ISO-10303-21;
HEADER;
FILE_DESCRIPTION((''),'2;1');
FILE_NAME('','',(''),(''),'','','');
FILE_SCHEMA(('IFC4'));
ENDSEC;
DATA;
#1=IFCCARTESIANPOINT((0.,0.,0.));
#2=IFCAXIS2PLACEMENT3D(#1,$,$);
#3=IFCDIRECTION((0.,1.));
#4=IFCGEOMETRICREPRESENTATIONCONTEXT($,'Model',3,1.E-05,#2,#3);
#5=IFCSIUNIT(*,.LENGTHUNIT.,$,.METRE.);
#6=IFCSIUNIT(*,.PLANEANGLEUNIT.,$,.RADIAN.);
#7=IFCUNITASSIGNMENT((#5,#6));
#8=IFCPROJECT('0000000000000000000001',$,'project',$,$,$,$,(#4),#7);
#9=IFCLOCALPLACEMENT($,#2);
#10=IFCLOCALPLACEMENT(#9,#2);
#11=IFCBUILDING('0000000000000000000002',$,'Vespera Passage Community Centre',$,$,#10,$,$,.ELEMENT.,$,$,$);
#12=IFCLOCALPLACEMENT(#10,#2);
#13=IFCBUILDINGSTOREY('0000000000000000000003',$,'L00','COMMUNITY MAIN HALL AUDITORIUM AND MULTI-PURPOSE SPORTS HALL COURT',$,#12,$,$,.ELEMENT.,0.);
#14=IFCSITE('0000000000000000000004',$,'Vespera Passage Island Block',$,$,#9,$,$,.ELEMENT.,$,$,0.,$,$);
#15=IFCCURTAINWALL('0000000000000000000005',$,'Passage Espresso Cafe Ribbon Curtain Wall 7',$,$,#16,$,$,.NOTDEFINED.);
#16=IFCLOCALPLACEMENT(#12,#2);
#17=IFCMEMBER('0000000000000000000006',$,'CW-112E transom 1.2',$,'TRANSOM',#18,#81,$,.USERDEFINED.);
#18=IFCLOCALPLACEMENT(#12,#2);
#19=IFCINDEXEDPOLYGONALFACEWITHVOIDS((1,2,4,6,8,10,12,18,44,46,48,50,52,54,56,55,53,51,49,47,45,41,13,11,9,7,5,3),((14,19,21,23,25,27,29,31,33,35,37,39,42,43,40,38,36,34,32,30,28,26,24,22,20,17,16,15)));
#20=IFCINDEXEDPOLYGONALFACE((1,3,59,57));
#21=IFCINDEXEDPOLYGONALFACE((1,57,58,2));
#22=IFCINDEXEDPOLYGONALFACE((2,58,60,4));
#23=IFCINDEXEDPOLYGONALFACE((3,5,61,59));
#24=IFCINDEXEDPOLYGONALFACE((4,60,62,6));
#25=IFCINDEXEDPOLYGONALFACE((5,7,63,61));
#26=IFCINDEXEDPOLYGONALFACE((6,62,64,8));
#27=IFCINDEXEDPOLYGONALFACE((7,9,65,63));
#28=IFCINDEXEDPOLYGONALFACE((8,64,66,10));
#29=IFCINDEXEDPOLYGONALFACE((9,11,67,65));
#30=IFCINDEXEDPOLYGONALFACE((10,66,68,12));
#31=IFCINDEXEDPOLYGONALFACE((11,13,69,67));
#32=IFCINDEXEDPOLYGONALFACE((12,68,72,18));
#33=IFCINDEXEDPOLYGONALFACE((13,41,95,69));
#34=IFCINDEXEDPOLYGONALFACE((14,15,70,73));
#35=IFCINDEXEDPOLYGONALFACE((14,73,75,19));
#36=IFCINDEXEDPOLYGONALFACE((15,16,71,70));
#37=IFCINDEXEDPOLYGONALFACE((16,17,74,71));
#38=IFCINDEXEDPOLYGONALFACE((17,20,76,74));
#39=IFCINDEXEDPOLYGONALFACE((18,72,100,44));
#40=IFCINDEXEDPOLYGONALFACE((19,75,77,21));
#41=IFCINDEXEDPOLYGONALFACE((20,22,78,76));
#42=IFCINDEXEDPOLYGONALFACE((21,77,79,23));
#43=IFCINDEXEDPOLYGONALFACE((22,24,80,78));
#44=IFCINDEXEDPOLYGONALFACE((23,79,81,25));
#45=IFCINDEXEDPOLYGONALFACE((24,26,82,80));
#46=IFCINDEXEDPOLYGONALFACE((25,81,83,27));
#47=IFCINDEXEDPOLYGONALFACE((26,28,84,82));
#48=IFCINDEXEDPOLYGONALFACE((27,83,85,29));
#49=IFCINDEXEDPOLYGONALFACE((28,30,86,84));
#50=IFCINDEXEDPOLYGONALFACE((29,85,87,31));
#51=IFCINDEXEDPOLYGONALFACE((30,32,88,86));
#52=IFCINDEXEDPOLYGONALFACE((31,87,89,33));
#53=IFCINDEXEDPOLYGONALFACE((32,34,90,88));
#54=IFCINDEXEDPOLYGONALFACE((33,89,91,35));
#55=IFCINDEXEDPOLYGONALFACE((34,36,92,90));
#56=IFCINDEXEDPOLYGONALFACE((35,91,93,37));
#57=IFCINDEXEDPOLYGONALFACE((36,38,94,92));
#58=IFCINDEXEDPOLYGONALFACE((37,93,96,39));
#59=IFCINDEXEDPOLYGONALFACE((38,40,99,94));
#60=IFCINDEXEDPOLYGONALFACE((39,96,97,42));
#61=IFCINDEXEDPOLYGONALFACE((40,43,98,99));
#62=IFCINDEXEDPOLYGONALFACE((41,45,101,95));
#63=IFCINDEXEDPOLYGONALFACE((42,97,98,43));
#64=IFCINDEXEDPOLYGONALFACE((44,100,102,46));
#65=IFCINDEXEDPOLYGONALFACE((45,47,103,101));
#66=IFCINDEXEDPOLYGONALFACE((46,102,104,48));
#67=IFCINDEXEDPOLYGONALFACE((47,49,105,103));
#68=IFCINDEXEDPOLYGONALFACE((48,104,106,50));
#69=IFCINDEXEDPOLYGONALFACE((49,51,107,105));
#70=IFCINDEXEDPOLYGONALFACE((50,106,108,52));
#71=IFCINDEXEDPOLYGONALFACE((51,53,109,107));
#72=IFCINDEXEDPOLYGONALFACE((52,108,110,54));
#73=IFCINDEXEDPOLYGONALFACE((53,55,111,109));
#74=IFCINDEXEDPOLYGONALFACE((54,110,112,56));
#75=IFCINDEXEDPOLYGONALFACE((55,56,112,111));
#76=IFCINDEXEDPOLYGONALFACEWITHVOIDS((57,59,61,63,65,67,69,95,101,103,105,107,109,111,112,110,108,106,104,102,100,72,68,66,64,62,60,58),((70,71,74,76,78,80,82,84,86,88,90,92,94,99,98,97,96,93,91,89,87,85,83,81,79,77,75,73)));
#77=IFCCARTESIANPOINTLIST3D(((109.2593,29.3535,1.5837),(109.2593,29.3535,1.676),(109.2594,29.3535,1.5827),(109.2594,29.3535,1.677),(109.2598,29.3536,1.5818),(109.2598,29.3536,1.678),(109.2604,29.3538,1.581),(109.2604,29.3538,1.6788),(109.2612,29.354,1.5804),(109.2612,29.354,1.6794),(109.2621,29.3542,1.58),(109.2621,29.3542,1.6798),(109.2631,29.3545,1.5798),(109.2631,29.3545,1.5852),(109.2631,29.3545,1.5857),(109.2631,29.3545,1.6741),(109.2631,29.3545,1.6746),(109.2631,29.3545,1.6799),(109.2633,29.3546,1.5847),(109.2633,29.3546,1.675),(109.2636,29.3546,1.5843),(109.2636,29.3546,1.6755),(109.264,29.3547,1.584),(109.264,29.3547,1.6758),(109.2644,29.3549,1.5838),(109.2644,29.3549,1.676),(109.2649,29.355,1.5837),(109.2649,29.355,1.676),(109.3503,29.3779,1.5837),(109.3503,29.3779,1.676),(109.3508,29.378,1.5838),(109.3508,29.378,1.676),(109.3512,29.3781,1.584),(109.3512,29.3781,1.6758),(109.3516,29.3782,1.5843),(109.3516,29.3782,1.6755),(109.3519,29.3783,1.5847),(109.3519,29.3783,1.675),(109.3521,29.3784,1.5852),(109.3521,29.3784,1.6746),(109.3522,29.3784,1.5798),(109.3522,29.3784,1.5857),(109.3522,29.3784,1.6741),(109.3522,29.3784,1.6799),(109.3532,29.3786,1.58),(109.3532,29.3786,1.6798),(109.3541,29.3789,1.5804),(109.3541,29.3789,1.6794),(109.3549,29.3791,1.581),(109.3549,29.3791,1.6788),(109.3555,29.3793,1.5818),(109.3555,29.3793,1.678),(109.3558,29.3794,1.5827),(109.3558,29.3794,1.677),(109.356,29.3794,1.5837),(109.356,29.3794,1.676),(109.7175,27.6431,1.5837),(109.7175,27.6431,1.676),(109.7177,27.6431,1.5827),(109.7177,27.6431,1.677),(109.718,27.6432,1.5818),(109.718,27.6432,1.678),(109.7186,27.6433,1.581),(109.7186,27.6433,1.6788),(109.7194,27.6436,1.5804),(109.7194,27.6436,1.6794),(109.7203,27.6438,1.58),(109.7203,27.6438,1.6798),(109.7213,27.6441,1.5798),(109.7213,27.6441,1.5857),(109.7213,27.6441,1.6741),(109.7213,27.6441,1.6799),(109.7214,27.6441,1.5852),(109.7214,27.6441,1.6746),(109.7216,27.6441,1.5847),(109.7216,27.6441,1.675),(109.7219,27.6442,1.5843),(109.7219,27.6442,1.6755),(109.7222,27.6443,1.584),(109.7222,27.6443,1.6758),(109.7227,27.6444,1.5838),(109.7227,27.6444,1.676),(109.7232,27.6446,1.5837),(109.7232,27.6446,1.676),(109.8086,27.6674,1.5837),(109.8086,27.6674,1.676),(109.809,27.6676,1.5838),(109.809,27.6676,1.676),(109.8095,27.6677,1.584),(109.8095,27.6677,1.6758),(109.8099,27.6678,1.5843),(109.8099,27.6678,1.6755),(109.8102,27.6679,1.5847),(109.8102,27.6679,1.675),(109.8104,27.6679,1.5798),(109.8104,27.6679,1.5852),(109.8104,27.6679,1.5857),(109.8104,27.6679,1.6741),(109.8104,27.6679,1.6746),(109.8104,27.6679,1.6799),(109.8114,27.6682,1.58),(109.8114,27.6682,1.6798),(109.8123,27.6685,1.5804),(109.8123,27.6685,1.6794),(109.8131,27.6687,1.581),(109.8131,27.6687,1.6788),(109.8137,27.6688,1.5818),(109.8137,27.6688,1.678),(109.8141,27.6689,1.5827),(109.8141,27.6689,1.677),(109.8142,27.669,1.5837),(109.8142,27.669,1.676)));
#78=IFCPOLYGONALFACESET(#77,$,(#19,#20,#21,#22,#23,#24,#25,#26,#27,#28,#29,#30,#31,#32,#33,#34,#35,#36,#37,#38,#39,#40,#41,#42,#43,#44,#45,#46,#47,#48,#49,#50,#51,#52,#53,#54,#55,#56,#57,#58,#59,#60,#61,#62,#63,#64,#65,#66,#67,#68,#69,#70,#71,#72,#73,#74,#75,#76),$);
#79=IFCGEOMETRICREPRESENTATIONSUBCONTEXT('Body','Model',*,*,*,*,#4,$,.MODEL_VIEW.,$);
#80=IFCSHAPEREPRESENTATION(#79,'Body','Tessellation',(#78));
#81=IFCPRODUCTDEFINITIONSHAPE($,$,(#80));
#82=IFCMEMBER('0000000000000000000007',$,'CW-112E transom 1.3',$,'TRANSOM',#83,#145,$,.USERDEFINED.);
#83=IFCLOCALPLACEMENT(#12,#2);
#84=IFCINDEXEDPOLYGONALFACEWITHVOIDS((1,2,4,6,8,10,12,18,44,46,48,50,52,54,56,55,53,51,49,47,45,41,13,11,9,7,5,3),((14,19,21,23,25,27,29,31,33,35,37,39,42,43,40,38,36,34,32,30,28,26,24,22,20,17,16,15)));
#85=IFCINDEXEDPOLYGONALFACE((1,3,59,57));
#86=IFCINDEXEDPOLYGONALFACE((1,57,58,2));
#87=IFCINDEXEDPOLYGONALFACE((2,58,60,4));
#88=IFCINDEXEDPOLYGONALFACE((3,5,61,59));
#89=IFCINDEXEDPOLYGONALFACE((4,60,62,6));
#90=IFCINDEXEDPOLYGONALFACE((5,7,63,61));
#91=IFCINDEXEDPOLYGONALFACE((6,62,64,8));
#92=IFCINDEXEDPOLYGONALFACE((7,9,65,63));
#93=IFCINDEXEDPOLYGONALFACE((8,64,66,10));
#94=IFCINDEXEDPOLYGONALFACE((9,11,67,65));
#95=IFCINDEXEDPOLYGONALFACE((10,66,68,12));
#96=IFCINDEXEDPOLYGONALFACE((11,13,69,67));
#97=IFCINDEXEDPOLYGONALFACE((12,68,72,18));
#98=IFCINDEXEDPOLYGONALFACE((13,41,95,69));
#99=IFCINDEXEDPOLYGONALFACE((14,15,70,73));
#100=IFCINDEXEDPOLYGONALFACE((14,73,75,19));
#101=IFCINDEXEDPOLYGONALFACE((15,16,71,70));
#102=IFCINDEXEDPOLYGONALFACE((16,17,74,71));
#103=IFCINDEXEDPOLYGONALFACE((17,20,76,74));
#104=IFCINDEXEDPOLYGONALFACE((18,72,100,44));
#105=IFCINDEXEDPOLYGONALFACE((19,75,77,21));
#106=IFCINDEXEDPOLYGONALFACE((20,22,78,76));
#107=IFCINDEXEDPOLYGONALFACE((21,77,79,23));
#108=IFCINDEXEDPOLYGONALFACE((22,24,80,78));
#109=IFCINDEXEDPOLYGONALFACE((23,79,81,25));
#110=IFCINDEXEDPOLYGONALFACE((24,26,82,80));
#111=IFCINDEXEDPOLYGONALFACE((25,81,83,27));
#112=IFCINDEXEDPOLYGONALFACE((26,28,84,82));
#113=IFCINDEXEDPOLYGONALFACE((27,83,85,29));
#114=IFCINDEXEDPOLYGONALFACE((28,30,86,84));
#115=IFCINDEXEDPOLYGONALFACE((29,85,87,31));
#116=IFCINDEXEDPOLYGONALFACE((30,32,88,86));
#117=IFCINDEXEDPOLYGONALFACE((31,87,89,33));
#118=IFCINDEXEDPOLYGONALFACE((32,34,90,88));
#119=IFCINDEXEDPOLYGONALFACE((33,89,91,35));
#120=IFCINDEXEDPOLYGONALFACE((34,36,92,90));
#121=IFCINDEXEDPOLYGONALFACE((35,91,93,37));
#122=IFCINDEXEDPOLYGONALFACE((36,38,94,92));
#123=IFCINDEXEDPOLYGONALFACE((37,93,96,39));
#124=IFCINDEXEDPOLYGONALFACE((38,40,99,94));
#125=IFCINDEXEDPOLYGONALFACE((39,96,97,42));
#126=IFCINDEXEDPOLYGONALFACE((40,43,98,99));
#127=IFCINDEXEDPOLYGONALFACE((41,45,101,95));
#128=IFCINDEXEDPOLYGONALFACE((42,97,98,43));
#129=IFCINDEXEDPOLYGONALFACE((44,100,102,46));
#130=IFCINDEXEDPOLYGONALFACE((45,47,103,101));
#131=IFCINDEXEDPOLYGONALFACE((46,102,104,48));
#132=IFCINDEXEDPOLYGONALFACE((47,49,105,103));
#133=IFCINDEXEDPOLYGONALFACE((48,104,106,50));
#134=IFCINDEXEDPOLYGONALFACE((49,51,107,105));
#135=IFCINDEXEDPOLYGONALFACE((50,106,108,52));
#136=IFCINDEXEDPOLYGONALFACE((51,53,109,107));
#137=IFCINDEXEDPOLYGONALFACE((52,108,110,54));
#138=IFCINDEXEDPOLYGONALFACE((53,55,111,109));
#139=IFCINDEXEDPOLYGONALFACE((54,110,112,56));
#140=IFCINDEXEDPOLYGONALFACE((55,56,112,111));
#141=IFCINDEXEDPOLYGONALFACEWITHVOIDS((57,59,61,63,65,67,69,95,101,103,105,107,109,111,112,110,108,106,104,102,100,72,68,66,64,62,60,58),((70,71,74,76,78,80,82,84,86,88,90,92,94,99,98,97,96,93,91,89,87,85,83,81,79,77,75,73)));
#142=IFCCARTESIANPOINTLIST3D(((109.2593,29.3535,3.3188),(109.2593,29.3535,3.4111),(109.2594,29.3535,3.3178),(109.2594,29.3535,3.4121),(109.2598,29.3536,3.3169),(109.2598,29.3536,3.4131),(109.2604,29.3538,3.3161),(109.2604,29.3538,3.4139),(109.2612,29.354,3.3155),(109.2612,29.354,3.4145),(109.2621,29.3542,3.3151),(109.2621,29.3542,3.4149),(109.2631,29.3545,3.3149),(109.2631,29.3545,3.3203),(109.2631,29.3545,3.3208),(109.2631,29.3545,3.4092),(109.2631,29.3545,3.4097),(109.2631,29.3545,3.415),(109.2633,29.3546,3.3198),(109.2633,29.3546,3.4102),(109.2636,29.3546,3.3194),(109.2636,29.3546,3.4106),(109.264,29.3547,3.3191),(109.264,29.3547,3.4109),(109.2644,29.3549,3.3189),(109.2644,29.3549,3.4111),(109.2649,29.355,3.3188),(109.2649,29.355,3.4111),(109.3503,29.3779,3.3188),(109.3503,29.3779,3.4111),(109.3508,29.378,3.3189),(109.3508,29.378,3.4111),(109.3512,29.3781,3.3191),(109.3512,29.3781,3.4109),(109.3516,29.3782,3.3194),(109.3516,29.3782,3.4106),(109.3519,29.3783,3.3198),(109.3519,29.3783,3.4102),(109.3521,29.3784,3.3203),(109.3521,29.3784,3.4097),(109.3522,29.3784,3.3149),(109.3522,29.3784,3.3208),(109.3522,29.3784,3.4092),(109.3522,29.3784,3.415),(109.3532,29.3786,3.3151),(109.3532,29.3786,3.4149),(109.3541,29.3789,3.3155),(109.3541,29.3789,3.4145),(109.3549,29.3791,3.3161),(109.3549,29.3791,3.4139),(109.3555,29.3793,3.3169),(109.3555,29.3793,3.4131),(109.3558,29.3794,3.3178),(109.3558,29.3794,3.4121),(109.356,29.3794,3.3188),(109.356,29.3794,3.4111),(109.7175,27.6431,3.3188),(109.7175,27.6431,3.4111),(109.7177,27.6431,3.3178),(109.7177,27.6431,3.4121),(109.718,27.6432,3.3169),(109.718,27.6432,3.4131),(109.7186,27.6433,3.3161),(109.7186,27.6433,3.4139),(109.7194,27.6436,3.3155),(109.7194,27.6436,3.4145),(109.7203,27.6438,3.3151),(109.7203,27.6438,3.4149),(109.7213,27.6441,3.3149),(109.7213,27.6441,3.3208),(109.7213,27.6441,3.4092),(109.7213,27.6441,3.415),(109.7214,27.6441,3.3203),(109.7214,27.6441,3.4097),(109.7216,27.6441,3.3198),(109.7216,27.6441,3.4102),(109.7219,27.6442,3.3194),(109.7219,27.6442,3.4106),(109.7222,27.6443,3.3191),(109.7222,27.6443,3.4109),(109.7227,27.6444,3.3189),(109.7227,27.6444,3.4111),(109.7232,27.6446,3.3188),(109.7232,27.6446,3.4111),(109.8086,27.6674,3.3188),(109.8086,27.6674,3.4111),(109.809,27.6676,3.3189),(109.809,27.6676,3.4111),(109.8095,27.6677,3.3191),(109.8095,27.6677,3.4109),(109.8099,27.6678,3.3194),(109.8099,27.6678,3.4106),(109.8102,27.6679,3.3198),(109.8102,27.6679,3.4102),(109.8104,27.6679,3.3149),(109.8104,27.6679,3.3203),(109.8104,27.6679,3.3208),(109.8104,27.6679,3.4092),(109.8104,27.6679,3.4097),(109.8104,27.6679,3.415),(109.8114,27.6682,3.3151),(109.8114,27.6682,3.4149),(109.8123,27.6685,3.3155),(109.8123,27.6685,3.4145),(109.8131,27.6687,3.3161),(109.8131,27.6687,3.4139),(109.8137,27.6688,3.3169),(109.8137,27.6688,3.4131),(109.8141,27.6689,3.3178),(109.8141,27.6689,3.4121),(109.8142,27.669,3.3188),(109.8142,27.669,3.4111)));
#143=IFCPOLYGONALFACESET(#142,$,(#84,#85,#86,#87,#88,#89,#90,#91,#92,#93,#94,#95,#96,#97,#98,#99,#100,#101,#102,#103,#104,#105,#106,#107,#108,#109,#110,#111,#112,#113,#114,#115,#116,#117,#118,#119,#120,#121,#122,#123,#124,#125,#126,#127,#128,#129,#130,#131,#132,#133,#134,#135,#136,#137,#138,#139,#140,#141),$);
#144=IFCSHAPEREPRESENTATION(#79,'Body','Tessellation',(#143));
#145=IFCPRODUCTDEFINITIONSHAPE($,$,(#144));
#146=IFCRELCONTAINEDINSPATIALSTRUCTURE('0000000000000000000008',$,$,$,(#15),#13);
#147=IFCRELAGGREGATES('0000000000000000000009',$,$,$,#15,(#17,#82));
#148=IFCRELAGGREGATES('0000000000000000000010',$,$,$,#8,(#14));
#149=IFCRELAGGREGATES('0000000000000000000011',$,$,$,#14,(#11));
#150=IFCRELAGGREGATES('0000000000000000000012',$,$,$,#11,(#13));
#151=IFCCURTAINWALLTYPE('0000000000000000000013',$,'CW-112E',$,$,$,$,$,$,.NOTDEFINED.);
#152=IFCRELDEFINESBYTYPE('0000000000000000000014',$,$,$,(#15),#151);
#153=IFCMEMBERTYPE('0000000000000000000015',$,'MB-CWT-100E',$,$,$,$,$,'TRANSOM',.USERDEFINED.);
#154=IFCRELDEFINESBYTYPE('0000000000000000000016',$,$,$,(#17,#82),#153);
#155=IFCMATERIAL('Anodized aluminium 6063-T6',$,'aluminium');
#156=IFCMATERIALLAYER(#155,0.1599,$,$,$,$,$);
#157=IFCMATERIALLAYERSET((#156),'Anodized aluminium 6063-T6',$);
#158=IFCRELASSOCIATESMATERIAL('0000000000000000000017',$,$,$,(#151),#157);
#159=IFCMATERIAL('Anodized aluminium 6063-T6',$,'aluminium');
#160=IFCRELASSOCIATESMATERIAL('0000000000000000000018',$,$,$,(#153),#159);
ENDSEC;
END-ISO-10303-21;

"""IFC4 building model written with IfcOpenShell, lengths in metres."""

from ifc_helpers import new_model, si_unit, direction, frame, origin, origin_2d, place, context, subcontext, project, spatial, hollow_rectangle, extrude, material, layer, layer_set, material_profile, profile_set, type_object, element, aggregate, save


model = new_model("IFC4")

# Units and contexts
model_context = context("Model", 3, precision=1e-05, world=origin(), true_north=direction((0.0, 1.0)))
body_context = subcontext(model_context, "Body", "Model", "MODEL_VIEW")
ifc_project = project(units=[si_unit("LENGTHUNIT", "METRE"), si_unit("PLANEANGLEUNIT", "RADIAN")], contexts=[model_context])

# Site, building, storey
site_placement = place(None, origin())
site = spatial("IfcSite", under=ifc_project, at=site_placement, Name="Vespera Passage Island Block", CompositionType="ELEMENT", RefElevation=0.0)
building_placement = place(site_placement, origin())
building = spatial("IfcBuilding", under=site, at=building_placement, Name="Vespera Passage Community Centre", CompositionType="ELEMENT")
storey_placement = place(building_placement, origin())
storey = spatial("IfcBuildingStorey", under=building, at=storey_placement, Name="L00", Description="COMMUNITY MAIN HALL AUDITORIUM AND MULTI-PURPOSE SPORTS HALL COURT", CompositionType="ELEMENT", Elevation=0.0)

# Curtain wall, members
ifc_material_1 = material(Name="Anodized aluminium 6063-T6", Category="aluminium")
ifc_layer_1 = layer(ifc_material_1, 0.1599)
ifc_layer_set_1 = layer_set([ifc_layer_1], Name="Anodized aluminium 6063-T6")
curtain_wall_type = type_object("IfcCurtainWallType", Name="CW-112E", PredefinedType="NOTDEFINED", material=ifc_layer_set_1)
curtain_wall_placement = place(storey_placement, origin())
curtain_wall = element("IfcCurtainWall", 1, at=curtain_wall_placement, inside=storey, type_object=curtain_wall_type, Name="Passage Espresso Cafe Ribbon Curtain Wall 7", PredefinedType="NOTDEFINED")
ifc_material_2 = material(Name="Anodized aluminium 6063-T6", Category="aluminium")
ifc_material_profile_1 = material_profile(ifc_material_2, hollow_rectangle(XDim=0.1001, YDim=0.1001, WallThickness=0.0039, InnerFilletRadius=0.002, OuterFilletRadius=0.0039, at=origin_2d()), Name="ALU100X100X4")
ifc_profile_set_1 = profile_set([ifc_material_profile_1], Name="Anodized aluminium 6063-T6")
member_type_1 = type_object("IfcMemberType", Name="MB-CWT-100E", ElementType="TRANSOM", PredefinedType="USERDEFINED", material=ifc_profile_set_1)
member_1_placement = place(storey_placement, frame((109.7659, 27.656, 1.6299), z_axis=(-0.258787, 0.965935, 0.0), x_axis=(-0.965935, -0.258787, 0.0)))
member_1 = element("IfcMember", 2, at=member_1_placement, type_object=member_type_1, Name="CW-112E transom 1.2", ObjectType="TRANSOM", PredefinedType="USERDEFINED", context=body_context, shape_type="SweptSolid", body=[
    extrude(hollow_rectangle(XDim=0.1001, YDim=0.1001, WallThickness=0.0039, InnerFilletRadius=0.002, OuterFilletRadius=0.0039, at=origin_2d()), origin(), (0.0, 0.0, 1.0), 1.7708),
])
member_2_placement = place(storey_placement, frame((109.7659, 27.656, 3.365), z_axis=(-0.258787, 0.965935, 0.0), x_axis=(-0.965935, -0.258787, 0.0)))
member_2 = element("IfcMember", 3, at=member_2_placement, type_object=member_type_1, Name="CW-112E transom 1.3", ObjectType="TRANSOM", PredefinedType="USERDEFINED", context=body_context, shape_type="SweptSolid", body=[
    extrude(hollow_rectangle(XDim=0.1001, YDim=0.1001, WallThickness=0.0039, InnerFilletRadius=0.002, OuterFilletRadius=0.0039, at=origin_2d()), origin(), (0.0, 0.0, 1.0), 1.7708),
])
aggregate(curtain_wall, [member_1, member_2])

save(model, "model.ifc")
